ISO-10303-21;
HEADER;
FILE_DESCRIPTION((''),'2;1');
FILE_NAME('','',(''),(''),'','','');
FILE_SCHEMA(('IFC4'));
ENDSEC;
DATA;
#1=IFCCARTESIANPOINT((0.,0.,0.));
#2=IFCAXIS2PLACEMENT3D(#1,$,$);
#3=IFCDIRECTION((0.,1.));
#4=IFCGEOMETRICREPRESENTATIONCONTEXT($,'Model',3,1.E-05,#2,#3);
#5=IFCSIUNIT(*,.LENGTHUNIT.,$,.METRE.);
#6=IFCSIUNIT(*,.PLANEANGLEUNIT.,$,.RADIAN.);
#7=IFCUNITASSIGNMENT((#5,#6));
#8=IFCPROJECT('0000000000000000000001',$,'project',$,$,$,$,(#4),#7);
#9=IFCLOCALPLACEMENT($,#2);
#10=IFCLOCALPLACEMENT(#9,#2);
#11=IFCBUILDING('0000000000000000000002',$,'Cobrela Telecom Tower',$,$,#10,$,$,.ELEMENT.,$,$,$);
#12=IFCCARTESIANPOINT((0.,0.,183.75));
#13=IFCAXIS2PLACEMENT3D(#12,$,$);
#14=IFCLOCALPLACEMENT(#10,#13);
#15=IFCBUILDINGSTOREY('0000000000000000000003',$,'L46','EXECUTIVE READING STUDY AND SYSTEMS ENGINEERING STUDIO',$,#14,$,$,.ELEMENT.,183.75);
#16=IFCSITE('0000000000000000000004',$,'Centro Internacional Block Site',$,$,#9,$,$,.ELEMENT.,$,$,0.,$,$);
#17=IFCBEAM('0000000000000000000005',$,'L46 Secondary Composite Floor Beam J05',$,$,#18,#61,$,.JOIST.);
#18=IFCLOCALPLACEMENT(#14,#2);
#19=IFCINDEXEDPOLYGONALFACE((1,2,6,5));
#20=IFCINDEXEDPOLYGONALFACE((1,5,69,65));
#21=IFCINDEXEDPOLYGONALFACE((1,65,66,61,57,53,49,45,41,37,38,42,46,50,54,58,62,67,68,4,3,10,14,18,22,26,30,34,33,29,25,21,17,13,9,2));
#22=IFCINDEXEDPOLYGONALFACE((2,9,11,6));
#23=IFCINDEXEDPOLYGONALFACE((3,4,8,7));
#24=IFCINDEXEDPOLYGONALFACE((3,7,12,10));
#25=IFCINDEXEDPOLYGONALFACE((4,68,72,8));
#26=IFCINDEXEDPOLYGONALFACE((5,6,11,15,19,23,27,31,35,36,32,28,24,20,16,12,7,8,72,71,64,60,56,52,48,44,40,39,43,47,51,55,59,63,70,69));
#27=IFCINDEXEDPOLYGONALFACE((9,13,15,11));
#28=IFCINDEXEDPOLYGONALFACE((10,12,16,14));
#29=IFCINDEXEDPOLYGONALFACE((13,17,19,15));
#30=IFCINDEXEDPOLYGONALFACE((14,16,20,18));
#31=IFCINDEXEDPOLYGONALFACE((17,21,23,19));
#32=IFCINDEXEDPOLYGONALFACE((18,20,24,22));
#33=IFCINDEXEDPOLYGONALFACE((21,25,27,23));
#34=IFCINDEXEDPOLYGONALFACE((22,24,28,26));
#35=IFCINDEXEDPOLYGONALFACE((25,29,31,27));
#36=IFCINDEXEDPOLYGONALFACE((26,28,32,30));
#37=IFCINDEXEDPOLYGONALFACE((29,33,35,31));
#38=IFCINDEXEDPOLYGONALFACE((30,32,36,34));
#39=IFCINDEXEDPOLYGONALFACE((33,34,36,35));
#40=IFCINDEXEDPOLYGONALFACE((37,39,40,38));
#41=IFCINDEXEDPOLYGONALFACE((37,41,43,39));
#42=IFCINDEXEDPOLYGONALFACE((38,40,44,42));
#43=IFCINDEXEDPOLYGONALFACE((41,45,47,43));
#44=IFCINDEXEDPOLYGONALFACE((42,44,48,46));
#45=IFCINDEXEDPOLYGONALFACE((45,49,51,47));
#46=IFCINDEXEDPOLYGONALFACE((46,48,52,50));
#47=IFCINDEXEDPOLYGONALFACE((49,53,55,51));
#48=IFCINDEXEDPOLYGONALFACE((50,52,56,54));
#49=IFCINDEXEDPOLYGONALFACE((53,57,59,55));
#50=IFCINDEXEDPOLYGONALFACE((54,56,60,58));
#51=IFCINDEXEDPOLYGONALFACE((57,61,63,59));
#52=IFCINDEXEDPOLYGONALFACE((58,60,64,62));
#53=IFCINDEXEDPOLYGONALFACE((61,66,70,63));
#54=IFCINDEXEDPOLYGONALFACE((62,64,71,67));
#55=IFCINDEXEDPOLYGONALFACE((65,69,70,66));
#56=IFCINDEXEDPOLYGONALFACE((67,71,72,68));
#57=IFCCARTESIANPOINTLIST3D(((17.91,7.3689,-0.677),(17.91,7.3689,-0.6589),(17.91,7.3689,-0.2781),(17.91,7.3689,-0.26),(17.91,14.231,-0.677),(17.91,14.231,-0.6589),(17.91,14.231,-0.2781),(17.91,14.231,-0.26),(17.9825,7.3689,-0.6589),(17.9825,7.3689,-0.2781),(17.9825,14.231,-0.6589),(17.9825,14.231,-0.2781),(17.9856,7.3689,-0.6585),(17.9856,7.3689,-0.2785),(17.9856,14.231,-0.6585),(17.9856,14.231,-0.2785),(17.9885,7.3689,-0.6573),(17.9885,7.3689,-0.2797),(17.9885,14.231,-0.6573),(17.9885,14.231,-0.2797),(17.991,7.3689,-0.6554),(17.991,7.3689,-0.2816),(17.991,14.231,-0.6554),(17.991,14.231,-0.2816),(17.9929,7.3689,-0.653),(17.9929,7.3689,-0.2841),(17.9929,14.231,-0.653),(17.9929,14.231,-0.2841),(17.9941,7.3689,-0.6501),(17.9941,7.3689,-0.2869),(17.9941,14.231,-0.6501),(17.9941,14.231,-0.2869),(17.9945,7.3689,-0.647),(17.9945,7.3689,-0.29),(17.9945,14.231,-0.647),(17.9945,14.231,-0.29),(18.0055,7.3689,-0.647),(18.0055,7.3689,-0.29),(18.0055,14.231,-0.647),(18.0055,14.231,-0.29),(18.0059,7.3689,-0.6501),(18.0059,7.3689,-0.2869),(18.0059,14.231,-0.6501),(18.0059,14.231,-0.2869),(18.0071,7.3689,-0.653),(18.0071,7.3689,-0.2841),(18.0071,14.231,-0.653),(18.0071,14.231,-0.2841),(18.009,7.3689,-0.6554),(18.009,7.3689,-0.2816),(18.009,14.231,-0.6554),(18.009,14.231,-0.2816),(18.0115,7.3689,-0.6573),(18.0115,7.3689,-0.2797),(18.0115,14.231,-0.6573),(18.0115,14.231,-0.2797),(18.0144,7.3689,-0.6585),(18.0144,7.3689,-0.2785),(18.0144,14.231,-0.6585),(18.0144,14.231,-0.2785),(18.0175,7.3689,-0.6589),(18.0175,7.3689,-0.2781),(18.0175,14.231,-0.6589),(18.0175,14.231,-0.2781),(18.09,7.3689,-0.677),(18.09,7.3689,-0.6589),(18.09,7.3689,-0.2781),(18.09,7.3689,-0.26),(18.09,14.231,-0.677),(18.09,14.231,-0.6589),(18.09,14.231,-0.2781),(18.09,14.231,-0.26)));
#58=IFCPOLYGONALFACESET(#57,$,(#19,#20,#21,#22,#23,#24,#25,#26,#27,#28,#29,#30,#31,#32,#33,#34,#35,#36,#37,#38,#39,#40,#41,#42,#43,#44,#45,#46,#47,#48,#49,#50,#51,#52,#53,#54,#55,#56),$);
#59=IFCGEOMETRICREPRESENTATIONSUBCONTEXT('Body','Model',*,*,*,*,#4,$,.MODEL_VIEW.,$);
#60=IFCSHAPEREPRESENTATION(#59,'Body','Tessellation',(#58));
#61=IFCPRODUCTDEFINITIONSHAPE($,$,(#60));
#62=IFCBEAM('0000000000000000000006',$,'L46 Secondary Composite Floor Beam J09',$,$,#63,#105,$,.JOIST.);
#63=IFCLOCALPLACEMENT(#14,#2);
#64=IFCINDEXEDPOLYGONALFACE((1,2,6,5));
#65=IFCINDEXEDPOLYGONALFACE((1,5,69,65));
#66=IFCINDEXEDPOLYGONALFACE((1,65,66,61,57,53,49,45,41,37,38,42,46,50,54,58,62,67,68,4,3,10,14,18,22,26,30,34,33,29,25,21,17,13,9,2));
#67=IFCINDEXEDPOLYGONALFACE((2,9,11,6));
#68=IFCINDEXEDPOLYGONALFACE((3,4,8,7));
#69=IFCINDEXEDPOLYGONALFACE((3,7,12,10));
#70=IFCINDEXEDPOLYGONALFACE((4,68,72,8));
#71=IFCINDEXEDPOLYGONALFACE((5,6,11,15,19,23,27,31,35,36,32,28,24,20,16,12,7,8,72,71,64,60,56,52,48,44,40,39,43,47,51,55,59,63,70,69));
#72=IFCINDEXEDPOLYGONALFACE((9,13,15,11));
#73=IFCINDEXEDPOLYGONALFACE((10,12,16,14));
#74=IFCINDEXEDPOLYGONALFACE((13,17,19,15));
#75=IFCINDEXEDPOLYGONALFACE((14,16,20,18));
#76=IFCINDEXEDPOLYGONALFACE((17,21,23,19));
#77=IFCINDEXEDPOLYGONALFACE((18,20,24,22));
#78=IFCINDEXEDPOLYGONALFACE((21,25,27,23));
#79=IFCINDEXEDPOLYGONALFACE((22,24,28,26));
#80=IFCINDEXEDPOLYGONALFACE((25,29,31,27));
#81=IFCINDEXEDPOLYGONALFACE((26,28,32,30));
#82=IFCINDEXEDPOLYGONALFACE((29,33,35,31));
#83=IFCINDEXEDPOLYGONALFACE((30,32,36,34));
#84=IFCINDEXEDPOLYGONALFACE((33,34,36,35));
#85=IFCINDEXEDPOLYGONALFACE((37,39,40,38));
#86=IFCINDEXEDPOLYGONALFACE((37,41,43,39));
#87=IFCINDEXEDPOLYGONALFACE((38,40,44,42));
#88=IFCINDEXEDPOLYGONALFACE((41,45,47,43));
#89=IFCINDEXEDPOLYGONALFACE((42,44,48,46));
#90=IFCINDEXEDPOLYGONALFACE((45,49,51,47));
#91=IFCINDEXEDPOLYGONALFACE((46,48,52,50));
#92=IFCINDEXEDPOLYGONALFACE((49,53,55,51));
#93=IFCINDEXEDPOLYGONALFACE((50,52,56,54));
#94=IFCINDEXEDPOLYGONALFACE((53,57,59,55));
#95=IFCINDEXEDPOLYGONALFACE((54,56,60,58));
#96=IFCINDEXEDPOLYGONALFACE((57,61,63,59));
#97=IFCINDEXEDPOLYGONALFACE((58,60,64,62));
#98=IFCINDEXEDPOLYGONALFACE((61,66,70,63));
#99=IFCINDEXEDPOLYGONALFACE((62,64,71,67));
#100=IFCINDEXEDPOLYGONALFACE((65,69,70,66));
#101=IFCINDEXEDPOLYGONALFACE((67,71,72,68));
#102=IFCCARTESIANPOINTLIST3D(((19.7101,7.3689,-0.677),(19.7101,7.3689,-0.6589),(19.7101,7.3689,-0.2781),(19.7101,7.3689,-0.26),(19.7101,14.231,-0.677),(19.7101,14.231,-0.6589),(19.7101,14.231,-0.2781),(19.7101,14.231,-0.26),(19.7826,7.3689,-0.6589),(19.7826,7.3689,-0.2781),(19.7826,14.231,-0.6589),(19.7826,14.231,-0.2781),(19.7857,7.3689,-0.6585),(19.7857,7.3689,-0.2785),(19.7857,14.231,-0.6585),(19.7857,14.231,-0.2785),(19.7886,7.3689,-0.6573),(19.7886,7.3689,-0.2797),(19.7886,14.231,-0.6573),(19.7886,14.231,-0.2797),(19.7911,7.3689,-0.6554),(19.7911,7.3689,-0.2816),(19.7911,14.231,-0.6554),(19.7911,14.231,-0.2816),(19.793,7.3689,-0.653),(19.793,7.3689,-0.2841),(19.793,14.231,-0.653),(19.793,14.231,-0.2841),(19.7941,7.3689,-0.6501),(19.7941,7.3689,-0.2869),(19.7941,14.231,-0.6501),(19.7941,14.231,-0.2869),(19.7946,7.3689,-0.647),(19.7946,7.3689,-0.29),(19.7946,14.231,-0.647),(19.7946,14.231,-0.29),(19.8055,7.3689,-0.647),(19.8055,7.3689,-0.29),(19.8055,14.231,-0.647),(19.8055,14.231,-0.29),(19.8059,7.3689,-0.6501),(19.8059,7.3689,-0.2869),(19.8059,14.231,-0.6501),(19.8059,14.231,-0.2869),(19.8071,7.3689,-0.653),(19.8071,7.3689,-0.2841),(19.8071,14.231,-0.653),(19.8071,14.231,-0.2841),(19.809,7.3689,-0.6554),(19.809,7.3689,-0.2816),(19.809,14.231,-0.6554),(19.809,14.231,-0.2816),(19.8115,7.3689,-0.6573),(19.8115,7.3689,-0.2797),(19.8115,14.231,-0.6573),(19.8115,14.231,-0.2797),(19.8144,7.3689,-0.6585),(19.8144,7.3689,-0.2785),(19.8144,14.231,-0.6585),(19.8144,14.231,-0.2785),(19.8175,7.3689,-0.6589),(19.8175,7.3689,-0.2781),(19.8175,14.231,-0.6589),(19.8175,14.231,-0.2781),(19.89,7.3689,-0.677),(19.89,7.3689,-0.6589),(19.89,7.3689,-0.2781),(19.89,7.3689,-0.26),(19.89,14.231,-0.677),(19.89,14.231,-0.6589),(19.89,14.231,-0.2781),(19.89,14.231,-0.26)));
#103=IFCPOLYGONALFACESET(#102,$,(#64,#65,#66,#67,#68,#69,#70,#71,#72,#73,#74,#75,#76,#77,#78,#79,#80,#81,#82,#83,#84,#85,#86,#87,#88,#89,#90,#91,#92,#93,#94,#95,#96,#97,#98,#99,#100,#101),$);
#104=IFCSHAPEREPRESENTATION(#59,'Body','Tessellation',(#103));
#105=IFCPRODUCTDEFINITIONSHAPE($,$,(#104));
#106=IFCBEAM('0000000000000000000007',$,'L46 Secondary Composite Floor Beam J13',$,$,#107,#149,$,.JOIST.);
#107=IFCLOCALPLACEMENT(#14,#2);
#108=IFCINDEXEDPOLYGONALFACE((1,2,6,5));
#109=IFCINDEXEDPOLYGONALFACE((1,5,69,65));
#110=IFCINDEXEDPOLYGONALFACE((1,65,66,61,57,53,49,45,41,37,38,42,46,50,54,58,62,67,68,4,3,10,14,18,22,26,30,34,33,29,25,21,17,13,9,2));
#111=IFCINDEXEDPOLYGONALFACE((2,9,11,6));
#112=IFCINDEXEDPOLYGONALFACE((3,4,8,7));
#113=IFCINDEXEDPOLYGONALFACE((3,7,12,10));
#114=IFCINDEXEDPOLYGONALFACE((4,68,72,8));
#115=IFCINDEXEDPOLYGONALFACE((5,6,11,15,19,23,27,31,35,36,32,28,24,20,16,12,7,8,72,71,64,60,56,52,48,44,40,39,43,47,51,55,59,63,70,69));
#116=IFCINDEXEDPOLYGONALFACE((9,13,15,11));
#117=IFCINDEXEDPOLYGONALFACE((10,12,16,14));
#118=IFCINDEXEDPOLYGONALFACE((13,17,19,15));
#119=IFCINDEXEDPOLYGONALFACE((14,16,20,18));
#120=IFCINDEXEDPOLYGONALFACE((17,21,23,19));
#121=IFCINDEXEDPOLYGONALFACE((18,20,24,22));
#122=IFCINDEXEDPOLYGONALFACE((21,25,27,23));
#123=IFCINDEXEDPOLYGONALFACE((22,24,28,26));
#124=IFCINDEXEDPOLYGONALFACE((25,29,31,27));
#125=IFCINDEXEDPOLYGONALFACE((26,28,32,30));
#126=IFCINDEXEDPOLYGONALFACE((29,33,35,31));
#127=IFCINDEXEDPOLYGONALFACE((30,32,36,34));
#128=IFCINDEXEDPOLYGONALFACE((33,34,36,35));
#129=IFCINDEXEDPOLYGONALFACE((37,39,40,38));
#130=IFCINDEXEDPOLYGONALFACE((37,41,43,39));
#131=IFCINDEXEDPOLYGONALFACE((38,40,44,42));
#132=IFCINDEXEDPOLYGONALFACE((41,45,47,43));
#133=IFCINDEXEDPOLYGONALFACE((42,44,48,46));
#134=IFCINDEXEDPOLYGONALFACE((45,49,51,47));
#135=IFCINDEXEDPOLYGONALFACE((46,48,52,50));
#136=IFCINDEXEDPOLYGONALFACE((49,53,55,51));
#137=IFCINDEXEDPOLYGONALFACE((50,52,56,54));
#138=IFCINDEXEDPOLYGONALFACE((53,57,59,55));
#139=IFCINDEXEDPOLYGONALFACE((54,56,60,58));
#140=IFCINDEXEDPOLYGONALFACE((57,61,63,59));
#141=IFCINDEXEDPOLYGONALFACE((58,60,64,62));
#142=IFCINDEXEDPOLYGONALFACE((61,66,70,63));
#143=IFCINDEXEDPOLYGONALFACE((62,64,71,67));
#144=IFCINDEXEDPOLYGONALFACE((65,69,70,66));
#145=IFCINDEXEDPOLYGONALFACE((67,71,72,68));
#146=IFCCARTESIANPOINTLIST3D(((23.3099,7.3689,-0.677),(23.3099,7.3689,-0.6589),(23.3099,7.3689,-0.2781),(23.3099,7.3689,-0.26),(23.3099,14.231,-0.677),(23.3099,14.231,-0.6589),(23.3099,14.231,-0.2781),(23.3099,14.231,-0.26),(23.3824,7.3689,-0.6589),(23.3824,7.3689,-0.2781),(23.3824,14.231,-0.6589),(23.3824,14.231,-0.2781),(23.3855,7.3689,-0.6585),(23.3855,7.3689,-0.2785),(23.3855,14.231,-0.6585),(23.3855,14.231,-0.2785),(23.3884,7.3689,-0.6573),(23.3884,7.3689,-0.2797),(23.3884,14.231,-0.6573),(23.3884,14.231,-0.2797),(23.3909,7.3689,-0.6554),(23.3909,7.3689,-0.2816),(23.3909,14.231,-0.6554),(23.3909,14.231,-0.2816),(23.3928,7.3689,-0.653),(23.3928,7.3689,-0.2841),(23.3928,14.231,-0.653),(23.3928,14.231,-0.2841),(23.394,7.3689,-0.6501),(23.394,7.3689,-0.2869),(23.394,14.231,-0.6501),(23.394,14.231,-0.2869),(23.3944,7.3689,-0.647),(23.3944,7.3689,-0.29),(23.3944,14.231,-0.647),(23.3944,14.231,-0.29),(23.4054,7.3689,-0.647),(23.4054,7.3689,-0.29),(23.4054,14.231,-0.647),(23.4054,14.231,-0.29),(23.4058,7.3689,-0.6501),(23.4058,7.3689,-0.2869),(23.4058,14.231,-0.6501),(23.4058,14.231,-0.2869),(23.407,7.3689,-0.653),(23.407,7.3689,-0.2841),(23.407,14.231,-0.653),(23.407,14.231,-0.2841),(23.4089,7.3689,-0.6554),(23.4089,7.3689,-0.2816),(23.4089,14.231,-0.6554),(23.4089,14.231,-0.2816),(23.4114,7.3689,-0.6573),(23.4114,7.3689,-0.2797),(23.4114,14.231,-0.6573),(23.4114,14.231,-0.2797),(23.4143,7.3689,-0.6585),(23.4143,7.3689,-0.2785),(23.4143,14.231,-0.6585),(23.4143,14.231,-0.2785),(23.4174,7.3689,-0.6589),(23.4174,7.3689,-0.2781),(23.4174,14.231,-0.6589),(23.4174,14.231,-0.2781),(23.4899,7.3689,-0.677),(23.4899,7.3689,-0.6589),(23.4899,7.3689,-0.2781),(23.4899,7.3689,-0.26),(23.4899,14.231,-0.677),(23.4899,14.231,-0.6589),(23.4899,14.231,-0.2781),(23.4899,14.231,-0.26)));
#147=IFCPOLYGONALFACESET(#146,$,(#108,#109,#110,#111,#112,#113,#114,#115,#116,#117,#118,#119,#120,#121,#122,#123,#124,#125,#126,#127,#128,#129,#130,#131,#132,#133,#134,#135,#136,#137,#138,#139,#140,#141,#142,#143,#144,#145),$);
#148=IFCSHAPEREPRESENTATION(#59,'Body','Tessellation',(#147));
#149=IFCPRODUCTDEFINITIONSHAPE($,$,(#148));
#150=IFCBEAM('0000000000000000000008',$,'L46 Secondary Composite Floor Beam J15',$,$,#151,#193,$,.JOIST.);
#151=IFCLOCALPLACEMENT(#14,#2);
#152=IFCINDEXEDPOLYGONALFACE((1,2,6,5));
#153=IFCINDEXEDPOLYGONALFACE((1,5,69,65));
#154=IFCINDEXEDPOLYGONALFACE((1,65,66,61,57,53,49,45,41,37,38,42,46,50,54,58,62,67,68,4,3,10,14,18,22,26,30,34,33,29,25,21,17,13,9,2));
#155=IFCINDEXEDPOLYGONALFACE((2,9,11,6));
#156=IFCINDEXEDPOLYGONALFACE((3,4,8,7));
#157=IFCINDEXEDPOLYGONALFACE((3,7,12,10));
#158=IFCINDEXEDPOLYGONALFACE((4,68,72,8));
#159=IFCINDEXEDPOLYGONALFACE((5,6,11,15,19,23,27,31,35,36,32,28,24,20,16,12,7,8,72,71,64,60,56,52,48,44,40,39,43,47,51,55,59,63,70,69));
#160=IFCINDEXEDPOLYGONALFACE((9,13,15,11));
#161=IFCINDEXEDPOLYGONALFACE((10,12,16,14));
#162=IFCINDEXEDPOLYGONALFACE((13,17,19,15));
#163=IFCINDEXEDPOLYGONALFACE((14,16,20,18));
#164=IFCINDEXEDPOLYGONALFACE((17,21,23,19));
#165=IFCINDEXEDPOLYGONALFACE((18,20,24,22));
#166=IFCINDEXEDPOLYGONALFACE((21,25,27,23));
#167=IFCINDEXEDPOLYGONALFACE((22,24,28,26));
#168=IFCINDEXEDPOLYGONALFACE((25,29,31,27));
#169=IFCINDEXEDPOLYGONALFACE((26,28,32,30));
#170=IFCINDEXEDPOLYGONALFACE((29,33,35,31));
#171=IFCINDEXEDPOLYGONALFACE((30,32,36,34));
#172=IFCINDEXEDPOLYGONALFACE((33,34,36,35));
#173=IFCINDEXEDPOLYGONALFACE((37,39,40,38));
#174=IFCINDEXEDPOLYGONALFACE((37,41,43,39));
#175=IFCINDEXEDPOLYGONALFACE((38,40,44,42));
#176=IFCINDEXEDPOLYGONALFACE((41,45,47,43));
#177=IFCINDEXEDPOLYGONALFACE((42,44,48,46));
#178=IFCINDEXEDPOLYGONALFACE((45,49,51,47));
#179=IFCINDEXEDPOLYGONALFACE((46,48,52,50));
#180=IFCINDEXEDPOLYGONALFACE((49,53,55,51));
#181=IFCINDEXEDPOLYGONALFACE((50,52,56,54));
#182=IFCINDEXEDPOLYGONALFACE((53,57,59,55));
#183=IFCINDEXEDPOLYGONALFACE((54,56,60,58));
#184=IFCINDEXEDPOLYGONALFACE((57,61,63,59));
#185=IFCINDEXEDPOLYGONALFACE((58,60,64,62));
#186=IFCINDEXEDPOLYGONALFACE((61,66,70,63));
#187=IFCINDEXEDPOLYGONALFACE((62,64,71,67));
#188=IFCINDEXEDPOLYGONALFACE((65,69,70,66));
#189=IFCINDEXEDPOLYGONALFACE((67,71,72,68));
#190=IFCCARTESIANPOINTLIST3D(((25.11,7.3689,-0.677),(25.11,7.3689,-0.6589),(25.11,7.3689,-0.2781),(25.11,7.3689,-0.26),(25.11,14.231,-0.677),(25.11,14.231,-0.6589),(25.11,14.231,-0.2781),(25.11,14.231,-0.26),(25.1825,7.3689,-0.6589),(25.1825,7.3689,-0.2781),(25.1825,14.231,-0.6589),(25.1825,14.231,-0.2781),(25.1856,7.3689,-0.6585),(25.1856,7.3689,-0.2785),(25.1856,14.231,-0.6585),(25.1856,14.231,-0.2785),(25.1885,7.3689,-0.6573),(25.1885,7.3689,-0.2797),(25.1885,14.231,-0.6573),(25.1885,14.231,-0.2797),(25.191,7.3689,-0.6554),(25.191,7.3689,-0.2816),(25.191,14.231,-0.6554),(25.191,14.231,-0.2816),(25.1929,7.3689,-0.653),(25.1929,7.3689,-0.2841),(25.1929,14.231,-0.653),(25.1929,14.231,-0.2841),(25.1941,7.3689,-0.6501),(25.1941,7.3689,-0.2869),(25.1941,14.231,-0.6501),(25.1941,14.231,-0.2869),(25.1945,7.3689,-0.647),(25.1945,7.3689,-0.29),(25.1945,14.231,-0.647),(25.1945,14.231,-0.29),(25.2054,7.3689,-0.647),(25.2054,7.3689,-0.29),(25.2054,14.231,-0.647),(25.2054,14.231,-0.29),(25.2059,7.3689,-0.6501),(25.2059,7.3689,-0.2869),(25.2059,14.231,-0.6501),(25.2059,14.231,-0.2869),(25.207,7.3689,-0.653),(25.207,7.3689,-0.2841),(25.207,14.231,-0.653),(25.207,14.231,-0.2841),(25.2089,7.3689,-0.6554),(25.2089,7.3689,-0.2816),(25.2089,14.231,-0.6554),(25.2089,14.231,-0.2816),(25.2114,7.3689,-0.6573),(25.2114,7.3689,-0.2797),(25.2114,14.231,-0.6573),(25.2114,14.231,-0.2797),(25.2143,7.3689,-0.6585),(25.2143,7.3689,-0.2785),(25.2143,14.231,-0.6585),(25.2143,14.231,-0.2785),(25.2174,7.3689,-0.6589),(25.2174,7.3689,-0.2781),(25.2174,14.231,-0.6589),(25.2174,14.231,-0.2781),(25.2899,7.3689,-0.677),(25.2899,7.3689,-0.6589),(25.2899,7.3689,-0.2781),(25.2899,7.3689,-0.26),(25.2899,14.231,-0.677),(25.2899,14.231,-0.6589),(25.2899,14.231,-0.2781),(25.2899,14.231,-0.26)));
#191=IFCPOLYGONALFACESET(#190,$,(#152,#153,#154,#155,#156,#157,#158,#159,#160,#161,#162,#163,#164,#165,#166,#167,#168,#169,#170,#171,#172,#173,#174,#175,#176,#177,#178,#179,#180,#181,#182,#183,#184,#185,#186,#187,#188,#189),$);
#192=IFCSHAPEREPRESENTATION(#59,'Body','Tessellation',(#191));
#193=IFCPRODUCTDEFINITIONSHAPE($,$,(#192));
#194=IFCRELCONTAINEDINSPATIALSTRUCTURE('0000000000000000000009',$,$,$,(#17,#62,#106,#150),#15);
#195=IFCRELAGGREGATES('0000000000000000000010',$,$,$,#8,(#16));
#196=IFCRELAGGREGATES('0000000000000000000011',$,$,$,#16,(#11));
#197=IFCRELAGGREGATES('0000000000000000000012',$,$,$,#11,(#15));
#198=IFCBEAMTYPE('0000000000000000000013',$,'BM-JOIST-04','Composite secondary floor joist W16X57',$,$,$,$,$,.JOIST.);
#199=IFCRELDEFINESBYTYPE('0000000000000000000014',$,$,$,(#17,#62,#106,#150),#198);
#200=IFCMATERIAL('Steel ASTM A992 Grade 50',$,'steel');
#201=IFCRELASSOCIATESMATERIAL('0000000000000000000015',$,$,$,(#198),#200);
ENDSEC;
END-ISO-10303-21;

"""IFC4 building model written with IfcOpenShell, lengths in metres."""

from ifc_helpers import new_model, si_unit, direction, frame, origin, origin_2d, place, context, subcontext, project, spatial, i_section, extrude, material, material_profile, profile_set, type_object, element, save


model = new_model("IFC4")

# Units and contexts
model_context = context("Model", 3, precision=1e-05, world=origin(), true_north=direction((0.0, 1.0)))
body_context = subcontext(model_context, "Body", "Model", "MODEL_VIEW")
ifc_project = project(units=[si_unit("LENGTHUNIT", "METRE"), si_unit("PLANEANGLEUNIT", "RADIAN")], contexts=[model_context])

# Site, building, storey
site_placement = place(None, origin())
site = spatial("IfcSite", under=ifc_project, at=site_placement, Name="Centro Internacional Block Site", CompositionType="ELEMENT", RefElevation=0.0)
building_placement = place(site_placement, origin())
building = spatial("IfcBuilding", under=site, at=building_placement, Name="Cobrela Telecom Tower", CompositionType="ELEMENT")
storey_placement = place(building_placement, frame((0.0, 0.0, 183.75)))
storey = spatial("IfcBuildingStorey", under=building, at=storey_placement, Name="L46", Description="EXECUTIVE READING STUDY AND SYSTEMS ENGINEERING STUDIO", CompositionType="ELEMENT", Elevation=183.75)

# Shared definitions
ifc_material_1 = material(Name="Steel ASTM A992 Grade 50", Category="steel")

# Beams
ifc_material_profile_1 = material_profile(ifc_material_1, i_section(OverallWidth=0.1799, OverallDepth=0.417, WebThickness=0.011, FlangeThickness=0.0181, FilletRadius=0.012, at=origin_2d()), Name="W16X57")
ifc_profile_set_1 = profile_set([ifc_material_profile_1], Name="Steel ASTM A992 Grade 50")
beam_type_1 = type_object("IfcBeamType", Name="BM-JOIST-04", Description="Composite secondary floor joist W16X57", PredefinedType="JOIST", material=ifc_profile_set_1)
for number, where, z_axis, x_axis, name in (
    (1, (18.0, 7.3689, -0.4685), (0.0, 1.0, 0.0), (-1.0, 0.0, 0.0), "L46 Secondary Composite Floor Beam J05"),
    (2, (19.8, 7.3689, -0.4685), (0.0, 1.0, 0.0), (-1.0, 0.0, 0.0), "L46 Secondary Composite Floor Beam J09"),
    (3, (23.3999, 7.3689, -0.4685), (0.0, 1.0, 0.0), (-1.0, 0.0, 0.0), "L46 Secondary Composite Floor Beam J13"),
    (4, (25.2, 7.3689, -0.4685), (0.0, 1.0, 0.0), (-1.0, 0.0, 0.0), "L46 Secondary Composite Floor Beam J15"),
):
    element("IfcBeam", number, at=place(storey_placement, frame(where, z_axis=z_axis, x_axis=x_axis)), inside=storey, type_object=beam_type_1, Name=name, PredefinedType="JOIST", context=body_context, shape_type="SweptSolid", body=[
        extrude(i_section(OverallWidth=0.1799, OverallDepth=0.417, WebThickness=0.011, FlangeThickness=0.0181, FilletRadius=0.012, at=origin_2d()), origin(), (0.0, 0.0, 1.0), 6.8621),
    ])

save(model, "model.ifc")
